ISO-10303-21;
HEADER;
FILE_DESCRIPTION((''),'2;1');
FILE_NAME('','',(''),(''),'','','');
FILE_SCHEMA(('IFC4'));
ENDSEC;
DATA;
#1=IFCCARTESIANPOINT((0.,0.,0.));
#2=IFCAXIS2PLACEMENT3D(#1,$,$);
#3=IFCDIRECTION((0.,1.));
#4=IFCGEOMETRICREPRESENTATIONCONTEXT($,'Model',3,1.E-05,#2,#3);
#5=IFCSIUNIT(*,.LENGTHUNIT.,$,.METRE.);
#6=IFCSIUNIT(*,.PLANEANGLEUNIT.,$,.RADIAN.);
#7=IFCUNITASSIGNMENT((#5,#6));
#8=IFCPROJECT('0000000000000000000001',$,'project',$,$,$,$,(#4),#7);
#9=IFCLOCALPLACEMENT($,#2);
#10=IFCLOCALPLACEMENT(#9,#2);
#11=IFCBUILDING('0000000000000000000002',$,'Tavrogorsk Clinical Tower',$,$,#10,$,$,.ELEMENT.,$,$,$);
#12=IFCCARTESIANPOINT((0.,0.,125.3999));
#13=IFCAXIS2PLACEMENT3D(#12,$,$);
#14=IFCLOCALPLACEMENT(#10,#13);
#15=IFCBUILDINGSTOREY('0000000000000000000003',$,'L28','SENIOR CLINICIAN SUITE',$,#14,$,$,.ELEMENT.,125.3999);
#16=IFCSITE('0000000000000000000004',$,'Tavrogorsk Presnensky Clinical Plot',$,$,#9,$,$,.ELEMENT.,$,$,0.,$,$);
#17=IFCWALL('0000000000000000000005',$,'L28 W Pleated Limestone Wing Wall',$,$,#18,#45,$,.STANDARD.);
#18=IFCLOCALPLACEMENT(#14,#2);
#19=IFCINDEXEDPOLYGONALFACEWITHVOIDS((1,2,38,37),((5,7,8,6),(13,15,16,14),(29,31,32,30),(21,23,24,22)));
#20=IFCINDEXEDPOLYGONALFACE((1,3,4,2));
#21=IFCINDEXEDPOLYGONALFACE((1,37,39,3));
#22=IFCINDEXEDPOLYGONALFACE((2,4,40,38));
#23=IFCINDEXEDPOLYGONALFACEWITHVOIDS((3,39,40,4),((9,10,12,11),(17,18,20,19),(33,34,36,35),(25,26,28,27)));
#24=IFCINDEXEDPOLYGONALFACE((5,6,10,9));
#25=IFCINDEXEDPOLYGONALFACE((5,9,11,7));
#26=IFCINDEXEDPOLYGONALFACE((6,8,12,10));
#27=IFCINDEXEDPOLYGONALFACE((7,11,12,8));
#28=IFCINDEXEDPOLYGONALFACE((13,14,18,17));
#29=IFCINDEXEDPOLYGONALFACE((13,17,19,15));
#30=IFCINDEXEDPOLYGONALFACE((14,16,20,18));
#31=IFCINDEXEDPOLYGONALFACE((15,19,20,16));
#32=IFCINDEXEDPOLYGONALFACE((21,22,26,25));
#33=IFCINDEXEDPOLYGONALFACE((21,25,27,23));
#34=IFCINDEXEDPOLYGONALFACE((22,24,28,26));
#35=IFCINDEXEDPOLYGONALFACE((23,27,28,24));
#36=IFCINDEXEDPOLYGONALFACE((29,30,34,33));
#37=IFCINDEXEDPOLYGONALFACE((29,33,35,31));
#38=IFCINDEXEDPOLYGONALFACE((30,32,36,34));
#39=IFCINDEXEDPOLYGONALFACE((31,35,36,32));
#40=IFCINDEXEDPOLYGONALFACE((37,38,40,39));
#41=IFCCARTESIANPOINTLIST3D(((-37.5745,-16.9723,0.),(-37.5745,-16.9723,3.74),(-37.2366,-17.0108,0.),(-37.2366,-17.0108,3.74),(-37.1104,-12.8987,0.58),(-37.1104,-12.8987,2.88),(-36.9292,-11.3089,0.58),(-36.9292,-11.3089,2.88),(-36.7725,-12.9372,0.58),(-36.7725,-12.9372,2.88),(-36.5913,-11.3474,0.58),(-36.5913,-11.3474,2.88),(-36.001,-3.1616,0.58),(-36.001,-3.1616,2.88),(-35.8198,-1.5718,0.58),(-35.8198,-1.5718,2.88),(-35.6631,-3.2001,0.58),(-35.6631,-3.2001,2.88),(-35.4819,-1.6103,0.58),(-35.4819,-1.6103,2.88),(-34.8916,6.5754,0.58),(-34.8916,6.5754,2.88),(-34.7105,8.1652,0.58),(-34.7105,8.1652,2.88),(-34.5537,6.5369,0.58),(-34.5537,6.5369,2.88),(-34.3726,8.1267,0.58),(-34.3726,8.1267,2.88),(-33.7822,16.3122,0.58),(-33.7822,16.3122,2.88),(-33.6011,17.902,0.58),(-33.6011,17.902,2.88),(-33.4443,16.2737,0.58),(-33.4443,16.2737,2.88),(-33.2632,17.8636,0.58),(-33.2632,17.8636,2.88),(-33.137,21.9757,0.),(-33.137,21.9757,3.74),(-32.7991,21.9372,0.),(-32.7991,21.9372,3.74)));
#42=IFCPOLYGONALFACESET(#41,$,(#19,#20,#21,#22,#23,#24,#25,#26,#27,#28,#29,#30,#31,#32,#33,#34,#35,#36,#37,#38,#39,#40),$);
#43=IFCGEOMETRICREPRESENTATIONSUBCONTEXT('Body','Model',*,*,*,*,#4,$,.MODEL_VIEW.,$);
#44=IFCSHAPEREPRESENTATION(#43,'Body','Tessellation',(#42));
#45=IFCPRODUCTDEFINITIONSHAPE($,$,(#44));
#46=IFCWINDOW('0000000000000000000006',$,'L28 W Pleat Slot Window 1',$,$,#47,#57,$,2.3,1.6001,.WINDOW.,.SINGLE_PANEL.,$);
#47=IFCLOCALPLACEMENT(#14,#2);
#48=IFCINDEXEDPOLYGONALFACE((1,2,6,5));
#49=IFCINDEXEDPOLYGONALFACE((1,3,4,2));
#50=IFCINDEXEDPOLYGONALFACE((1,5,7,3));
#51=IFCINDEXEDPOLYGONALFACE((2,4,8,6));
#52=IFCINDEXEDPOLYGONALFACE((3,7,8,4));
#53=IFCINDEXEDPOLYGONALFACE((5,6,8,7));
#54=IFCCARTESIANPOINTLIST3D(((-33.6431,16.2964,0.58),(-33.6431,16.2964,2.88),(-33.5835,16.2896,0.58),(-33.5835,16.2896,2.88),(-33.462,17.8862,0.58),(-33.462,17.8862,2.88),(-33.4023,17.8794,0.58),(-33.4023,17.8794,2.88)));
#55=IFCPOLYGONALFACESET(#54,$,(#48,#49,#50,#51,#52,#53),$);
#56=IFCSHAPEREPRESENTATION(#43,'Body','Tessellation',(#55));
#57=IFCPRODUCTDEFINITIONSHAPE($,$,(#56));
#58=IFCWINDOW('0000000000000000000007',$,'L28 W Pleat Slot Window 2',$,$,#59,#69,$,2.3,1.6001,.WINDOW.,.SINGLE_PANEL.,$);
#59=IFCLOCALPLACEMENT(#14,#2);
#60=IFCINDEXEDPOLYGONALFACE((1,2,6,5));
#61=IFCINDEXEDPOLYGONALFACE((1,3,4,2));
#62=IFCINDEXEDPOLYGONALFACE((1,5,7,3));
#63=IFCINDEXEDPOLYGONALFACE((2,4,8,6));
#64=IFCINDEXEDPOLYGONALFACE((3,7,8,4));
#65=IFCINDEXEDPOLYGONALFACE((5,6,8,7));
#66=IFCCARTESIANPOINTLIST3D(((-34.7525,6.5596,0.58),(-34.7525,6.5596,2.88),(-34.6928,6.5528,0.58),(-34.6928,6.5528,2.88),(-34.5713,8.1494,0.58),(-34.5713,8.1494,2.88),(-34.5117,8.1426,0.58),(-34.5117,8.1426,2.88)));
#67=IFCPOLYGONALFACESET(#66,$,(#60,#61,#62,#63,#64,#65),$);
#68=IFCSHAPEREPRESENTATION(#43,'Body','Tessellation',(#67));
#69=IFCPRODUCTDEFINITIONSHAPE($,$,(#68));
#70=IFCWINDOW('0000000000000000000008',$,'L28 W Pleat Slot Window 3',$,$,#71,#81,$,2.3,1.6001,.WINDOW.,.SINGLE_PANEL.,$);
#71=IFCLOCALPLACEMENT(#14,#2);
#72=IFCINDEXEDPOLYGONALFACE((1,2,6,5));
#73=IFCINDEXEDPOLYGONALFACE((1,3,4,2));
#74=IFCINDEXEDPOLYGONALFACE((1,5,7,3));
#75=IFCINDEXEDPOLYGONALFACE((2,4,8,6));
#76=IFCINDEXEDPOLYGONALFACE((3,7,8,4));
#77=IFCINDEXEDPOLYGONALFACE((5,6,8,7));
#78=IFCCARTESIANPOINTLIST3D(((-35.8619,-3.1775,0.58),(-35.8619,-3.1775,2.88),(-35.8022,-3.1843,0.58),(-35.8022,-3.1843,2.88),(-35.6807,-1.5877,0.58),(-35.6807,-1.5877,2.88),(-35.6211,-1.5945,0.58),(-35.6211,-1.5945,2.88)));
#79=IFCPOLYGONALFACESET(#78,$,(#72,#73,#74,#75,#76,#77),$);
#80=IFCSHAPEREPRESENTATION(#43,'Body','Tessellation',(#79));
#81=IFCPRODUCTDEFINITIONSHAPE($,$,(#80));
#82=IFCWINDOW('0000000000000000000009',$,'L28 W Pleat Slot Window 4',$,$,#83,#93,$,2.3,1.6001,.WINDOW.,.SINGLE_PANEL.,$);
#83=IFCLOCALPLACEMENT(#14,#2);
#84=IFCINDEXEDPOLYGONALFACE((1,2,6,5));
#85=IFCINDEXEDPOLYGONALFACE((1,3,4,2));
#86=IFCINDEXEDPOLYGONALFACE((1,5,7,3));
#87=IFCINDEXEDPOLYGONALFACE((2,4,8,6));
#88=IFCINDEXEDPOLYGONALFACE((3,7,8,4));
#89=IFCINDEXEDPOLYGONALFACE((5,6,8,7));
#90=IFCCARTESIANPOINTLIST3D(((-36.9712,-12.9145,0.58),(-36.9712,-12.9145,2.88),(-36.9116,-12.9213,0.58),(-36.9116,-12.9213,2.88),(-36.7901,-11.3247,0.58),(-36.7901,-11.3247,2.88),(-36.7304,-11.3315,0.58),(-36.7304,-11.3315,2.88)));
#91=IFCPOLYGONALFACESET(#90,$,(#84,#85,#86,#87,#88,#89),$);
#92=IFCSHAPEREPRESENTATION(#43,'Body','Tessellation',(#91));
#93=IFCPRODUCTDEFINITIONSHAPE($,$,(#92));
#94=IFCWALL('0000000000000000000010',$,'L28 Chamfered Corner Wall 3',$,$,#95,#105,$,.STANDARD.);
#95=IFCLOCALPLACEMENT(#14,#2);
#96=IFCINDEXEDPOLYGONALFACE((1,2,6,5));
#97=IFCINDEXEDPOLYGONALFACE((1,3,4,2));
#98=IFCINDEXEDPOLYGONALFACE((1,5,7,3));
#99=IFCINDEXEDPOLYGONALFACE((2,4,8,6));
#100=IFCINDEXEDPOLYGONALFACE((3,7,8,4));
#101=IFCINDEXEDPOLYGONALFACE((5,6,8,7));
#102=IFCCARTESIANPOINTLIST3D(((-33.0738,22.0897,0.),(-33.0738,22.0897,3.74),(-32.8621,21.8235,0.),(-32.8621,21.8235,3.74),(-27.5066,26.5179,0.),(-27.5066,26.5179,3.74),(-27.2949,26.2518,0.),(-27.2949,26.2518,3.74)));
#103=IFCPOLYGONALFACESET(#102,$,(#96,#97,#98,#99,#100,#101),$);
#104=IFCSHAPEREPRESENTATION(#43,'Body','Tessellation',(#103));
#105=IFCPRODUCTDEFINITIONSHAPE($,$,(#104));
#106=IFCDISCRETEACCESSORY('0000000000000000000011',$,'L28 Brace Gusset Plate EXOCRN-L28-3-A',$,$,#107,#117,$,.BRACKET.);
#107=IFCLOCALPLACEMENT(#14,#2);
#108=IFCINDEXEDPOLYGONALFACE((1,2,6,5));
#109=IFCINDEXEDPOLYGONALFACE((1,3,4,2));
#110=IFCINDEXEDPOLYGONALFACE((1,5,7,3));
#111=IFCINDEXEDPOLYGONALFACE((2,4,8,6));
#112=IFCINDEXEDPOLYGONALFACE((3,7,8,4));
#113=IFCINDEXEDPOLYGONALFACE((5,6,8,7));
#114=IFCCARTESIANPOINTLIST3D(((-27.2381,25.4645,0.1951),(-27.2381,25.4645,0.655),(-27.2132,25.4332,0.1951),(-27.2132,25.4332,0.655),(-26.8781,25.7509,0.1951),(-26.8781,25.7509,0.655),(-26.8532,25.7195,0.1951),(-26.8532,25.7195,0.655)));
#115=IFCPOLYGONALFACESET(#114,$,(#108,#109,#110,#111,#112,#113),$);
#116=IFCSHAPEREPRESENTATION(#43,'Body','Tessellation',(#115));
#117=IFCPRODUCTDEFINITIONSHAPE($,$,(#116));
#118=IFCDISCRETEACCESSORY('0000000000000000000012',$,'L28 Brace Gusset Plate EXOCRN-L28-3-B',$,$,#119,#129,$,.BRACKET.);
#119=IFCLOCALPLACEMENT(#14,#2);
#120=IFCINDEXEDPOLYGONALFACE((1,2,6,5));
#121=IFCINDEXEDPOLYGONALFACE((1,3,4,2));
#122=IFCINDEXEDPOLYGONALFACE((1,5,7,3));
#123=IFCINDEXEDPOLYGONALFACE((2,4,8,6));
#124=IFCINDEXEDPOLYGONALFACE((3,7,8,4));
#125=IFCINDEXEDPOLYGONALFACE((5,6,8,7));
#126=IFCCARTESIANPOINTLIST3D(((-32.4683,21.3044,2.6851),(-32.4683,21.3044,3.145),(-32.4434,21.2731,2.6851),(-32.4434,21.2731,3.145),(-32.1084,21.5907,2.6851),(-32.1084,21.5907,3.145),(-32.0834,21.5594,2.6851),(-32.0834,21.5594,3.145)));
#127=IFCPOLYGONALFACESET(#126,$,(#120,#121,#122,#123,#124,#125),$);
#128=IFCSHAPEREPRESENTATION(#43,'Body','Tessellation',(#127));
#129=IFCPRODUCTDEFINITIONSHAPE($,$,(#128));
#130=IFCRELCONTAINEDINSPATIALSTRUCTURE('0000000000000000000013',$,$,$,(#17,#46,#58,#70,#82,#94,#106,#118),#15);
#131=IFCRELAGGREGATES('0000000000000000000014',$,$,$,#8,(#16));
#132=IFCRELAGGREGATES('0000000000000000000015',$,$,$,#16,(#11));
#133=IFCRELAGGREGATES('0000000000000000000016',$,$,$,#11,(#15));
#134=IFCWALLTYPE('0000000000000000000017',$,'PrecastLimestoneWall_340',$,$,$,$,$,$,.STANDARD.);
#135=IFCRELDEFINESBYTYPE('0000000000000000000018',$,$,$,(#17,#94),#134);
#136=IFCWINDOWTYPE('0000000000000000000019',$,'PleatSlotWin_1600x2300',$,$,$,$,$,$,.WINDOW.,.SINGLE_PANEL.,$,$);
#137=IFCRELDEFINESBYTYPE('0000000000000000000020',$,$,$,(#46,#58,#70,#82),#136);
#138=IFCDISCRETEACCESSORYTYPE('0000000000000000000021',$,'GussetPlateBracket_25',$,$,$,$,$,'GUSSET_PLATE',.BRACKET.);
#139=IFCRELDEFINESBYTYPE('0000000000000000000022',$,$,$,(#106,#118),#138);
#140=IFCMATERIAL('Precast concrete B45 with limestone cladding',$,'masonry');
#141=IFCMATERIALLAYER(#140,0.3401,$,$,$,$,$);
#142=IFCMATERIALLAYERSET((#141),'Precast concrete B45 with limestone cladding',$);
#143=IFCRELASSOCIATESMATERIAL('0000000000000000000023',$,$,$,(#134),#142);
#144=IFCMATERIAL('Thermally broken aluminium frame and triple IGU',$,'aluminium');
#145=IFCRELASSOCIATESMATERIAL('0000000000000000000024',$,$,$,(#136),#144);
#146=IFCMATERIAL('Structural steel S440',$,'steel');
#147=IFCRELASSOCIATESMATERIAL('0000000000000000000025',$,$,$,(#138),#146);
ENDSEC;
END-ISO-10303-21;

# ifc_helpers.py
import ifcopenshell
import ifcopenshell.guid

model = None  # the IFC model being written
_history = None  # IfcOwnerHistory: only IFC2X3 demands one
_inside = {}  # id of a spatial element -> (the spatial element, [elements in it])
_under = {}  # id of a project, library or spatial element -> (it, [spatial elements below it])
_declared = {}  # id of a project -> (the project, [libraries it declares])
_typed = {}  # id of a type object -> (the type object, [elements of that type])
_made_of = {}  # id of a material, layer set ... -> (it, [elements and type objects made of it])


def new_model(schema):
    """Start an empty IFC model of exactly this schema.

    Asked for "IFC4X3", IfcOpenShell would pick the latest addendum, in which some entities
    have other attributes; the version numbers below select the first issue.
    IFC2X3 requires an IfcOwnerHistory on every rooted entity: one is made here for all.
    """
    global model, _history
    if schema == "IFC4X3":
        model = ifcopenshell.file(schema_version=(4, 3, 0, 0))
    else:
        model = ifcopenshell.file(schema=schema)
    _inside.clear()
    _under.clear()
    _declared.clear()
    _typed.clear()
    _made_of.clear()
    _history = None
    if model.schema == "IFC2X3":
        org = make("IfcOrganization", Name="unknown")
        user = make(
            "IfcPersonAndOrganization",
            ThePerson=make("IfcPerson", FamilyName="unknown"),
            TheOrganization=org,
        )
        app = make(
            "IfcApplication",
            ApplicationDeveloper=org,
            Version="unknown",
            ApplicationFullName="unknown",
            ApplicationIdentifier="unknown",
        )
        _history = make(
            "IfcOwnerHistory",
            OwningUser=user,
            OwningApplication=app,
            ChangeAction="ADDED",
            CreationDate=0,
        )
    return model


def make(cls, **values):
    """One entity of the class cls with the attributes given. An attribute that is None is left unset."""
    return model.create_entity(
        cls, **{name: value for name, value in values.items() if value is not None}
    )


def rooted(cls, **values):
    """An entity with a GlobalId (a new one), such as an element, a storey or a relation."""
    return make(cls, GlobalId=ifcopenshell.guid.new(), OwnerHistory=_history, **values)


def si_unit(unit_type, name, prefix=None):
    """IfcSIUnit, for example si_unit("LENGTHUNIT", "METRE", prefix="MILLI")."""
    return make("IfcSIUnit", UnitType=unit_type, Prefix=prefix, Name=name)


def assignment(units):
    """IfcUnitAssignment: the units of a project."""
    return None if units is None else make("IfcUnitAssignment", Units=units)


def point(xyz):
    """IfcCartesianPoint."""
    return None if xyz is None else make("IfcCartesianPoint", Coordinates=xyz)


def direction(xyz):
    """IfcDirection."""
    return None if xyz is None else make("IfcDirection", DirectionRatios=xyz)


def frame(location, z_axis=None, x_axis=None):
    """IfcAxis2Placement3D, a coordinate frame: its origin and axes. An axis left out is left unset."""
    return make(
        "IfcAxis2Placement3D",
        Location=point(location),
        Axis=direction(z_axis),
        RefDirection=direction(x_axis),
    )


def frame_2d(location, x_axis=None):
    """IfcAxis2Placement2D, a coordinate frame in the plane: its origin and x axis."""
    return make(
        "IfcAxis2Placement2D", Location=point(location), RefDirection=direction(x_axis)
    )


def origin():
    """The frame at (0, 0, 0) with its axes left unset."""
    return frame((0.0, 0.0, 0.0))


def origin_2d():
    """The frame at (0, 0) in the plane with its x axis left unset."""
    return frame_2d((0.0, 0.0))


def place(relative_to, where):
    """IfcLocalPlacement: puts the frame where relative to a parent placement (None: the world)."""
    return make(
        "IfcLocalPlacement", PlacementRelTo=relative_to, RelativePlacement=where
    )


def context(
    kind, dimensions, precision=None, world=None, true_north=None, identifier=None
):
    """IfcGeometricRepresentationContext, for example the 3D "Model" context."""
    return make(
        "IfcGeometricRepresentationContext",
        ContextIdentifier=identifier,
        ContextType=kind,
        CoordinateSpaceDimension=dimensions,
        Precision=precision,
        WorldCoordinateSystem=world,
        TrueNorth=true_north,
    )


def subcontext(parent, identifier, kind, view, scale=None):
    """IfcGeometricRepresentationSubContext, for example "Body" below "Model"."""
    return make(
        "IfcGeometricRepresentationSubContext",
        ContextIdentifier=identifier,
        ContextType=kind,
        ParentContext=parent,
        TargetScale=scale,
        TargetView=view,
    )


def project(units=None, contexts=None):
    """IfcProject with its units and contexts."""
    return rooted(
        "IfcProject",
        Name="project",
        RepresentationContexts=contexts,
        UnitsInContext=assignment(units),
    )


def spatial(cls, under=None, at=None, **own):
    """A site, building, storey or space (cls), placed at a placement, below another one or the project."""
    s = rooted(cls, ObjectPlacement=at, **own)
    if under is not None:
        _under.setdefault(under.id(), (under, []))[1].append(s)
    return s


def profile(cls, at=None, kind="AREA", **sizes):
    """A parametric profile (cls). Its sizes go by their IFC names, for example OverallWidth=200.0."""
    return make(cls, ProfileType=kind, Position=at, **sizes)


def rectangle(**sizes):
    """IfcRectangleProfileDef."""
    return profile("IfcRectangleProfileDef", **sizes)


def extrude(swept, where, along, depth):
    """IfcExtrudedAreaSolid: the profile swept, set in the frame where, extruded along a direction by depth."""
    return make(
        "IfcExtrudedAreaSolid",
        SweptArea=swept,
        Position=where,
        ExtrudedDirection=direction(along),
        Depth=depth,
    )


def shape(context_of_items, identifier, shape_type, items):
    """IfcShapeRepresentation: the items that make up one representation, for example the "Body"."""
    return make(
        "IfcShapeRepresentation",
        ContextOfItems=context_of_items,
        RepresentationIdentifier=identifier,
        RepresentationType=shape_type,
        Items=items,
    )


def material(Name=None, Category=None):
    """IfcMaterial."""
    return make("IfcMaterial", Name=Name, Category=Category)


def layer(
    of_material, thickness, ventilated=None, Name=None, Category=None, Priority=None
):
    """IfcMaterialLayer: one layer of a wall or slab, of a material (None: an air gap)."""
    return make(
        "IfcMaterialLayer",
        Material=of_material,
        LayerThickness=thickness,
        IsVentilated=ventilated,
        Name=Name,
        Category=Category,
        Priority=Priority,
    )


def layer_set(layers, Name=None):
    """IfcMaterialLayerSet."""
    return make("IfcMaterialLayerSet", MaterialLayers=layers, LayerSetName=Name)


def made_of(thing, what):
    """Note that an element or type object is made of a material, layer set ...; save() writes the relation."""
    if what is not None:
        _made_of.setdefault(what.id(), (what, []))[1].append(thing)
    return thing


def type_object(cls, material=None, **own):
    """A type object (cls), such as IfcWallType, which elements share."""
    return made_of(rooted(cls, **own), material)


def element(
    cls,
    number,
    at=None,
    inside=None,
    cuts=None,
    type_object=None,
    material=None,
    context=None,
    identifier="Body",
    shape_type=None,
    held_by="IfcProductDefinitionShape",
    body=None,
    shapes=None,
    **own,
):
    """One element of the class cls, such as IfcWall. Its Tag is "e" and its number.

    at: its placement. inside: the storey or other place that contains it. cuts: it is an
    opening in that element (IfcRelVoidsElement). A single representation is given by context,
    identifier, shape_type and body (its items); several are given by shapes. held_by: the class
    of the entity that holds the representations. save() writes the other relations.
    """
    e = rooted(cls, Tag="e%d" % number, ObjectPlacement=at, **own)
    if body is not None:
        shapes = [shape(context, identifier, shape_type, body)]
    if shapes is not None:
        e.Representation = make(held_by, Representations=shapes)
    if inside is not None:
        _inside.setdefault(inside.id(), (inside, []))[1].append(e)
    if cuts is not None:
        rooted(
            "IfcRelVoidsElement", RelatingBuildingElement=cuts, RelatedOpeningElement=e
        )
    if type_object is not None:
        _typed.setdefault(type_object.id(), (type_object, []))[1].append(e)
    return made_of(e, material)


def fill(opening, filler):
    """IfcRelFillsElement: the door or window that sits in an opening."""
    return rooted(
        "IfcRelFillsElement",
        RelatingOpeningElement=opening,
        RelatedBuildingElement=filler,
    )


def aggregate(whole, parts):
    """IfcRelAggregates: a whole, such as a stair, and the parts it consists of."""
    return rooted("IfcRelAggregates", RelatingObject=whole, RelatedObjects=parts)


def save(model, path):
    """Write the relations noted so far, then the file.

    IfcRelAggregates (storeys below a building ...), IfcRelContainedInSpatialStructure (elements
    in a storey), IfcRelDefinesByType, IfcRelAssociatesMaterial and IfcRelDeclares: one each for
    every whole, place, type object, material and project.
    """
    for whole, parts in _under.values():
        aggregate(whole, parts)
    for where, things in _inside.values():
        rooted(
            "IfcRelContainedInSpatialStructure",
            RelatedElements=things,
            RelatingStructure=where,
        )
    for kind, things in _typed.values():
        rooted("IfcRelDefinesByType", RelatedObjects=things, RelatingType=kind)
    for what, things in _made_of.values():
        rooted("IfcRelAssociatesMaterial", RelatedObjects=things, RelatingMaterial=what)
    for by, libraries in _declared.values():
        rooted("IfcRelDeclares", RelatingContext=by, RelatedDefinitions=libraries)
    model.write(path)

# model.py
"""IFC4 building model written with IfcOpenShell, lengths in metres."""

from ifc_helpers import new_model, si_unit, direction, frame, frame_2d, origin, origin_2d, place, context, subcontext, project, spatial, rectangle, extrude, material, layer, layer_set, type_object, element, fill, save


model = new_model("IFC4")

# Units and contexts
model_context = context("Model", 3, precision=1e-05, world=origin(), true_north=direction((0.0, 1.0)))
body_context = subcontext(model_context, "Body", "Model", "MODEL_VIEW")
ifc_project = project(units=[si_unit("LENGTHUNIT", "METRE"), si_unit("PLANEANGLEUNIT", "RADIAN")], contexts=[model_context])

# Site, building, storey
site_placement = place(None, origin())
site = spatial("IfcSite", under=ifc_project, at=site_placement, Name="Tavrogorsk Presnensky Clinical Plot", CompositionType="ELEMENT", RefElevation=0.0)
building_placement = place(site_placement, origin())
building = spatial("IfcBuilding", under=site, at=building_placement, Name="Tavrogorsk Clinical Tower", CompositionType="ELEMENT")
storey_placement = place(building_placement, frame((0.0, 0.0, 125.3999)))
storey = spatial("IfcBuildingStorey", under=building, at=storey_placement, Name="L28", Description="SENIOR CLINICIAN SUITE", CompositionType="ELEMENT", Elevation=125.3999)

# Wall, openings, windows
ifc_material_1 = material(Name="Precast concrete B45 with limestone cladding", Category="masonry")
ifc_layer_1 = layer(ifc_material_1, 0.3401)
ifc_layer_set_1 = layer_set([ifc_layer_1], Name="Precast concrete B45 with limestone cladding")
wall_type_1 = type_object("IfcWallType", Name="PrecastLimestoneWall_340", PredefinedType="STANDARD", material=ifc_layer_set_1)
wall_1_placement = place(storey_placement, frame((-32.968, 21.9565, 0.0), z_axis=(0.0, 0.0, 1.0), x_axis=(-0.113202, -0.993572, 0.0)))
wall_1 = element("IfcWall", 1, at=wall_1_placement, inside=storey, type_object=wall_type_1, Name="L28 W Pleated Limestone Wing Wall", PredefinedType="STANDARD", context=body_context, shape_type="SweptSolid", body=[
    extrude(rectangle(XDim=39.2, YDim=0.3401, at=frame_2d((19.6001, 0.0))), origin(), (0.0, 0.0, 1.0), 3.74),
])
opening_1_placement = place(wall_1_placement, frame((4.1001, 0.0, 0.5801)))
opening_1 = element("IfcOpeningElement", 2, at=opening_1_placement, cuts=wall_1, PredefinedType="OPENING", context=body_context, shape_type="SweptSolid", body=[
    extrude(rectangle(XDim=1.6001, YDim=2.3, at=frame_2d((0.8, 1.1499))), frame((0.0, 0.1799, 0.0), z_axis=(0.0, -1.0, 0.0), x_axis=(1.0, 0.0, 0.0)), (0.0, 0.0, 1.0), 0.3601),
])
opening_2_placement = place(wall_1_placement, frame((13.8999, 0.0, 0.5801)))
opening_2 = element("IfcOpeningElement", 3, at=opening_2_placement, cuts=wall_1, PredefinedType="OPENING", context=body_context, shape_type="SweptSolid", body=[
    extrude(rectangle(XDim=1.6001, YDim=2.3, at=frame_2d((0.8, 1.1499))), frame((0.0, 0.1799, 0.0), z_axis=(0.0, -1.0, 0.0), x_axis=(1.0, 0.0, 0.0)), (0.0, 0.0, 1.0), 0.3601),
])
opening_3_placement = place(wall_1_placement, frame((23.7, 0.0, 0.5801)))
opening_3 = element("IfcOpeningElement", 4, at=opening_3_placement, cuts=wall_1, PredefinedType="OPENING", context=body_context, shape_type="SweptSolid", body=[
    extrude(rectangle(XDim=1.6001, YDim=2.3, at=frame_2d((0.8, 1.1499))), frame((0.0, 0.1799, 0.0), z_axis=(0.0, -1.0, 0.0), x_axis=(1.0, 0.0, 0.0)), (0.0, 0.0, 1.0), 0.3601),
])
opening_4_placement = place(wall_1_placement, frame((33.5, 0.0, 0.5801)))
opening_4 = element("IfcOpeningElement", 5, at=opening_4_placement, cuts=wall_1, PredefinedType="OPENING", context=body_context, shape_type="SweptSolid", body=[
    extrude(rectangle(XDim=1.6001, YDim=2.3, at=frame_2d((0.8, 1.1499))), frame((0.0, 0.1799, 0.0), z_axis=(0.0, -1.0, 0.0), x_axis=(1.0, 0.0, 0.0)), (0.0, 0.0, 1.0), 0.3601),
])
ifc_material_2 = material(Name="Thermally broken aluminium frame and triple IGU", Category="aluminium")
window_type = type_object("IfcWindowType", Name="PleatSlotWin_1600x2300", PartitioningType="SINGLE_PANEL", PredefinedType="WINDOW", material=ifc_material_2)
window_1_placement = place(opening_1_placement, origin())
window_1 = element("IfcWindow", 6, at=window_1_placement, inside=storey, type_object=window_type, Name="L28 W Pleat Slot Window 1", OverallHeight=2.3, OverallWidth=1.6001, PartitioningType="SINGLE_PANEL", PredefinedType="WINDOW", context=body_context, shape_type="SweptSolid", body=[
    extrude(rectangle(XDim=1.6001, YDim=2.3, at=frame_2d((0.8, 1.1499))), frame((0.0, 0.03, 0.0), z_axis=(0.0, -1.0, 0.0), x_axis=(1.0, 0.0, 0.0)), (0.0, 0.0, 1.0), 0.0601),
])
fill(opening_1, window_1)
window_2_placement = place(opening_2_placement, origin())
window_2 = element("IfcWindow", 7, at=window_2_placement, inside=storey, type_object=window_type, Name="L28 W Pleat Slot Window 2", OverallHeight=2.3, OverallWidth=1.6001, PartitioningType="SINGLE_PANEL", PredefinedType="WINDOW", context=body_context, shape_type="SweptSolid", body=[
    extrude(rectangle(XDim=1.6001, YDim=2.3, at=frame_2d((0.8, 1.1499))), frame((0.0, 0.03, 0.0), z_axis=(0.0, -1.0, 0.0), x_axis=(1.0, 0.0, 0.0)), (0.0, 0.0, 1.0), 0.0601),
])
fill(opening_2, window_2)
window_3_placement = place(opening_3_placement, origin())
window_3 = element("IfcWindow", 8, at=window_3_placement, inside=storey, type_object=window_type, Name="L28 W Pleat Slot Window 3", OverallHeight=2.3, OverallWidth=1.6001, PartitioningType="SINGLE_PANEL", PredefinedType="WINDOW", context=body_context, shape_type="SweptSolid", body=[
    extrude(rectangle(XDim=1.6001, YDim=2.3, at=frame_2d((0.8, 1.1499))), frame((0.0, 0.03, 0.0), z_axis=(0.0, -1.0, 0.0), x_axis=(1.0, 0.0, 0.0)), (0.0, 0.0, 1.0), 0.0601),
])
fill(opening_3, window_3)
window_4_placement = place(opening_4_placement, origin())
window_4 = element("IfcWindow", 9, at=window_4_placement, inside=storey, type_object=window_type, Name="L28 W Pleat Slot Window 4", OverallHeight=2.3, OverallWidth=1.6001, PartitioningType="SINGLE_PANEL", PredefinedType="WINDOW", context=body_context, shape_type="SweptSolid", body=[
    extrude(rectangle(XDim=1.6001, YDim=2.3, at=frame_2d((0.8, 1.1499))), frame((0.0, 0.03, 0.0), z_axis=(0.0, -1.0, 0.0), x_axis=(1.0, 0.0, 0.0)), (0.0, 0.0, 1.0), 0.0601),
])
fill(opening_4, window_4)

# Wall
wall_2_placement = place(storey_placement, frame((-27.4009, 26.3848, 0.0), z_axis=(0.0, 0.0, 1.0), x_axis=(-0.782614, -0.622508, 0.0)))
element("IfcWall", 10, at=wall_2_placement, inside=storey, type_object=wall_type_1, Name="L28 Chamfered Corner Wall 3", PredefinedType="STANDARD", context=body_context, shape_type="SweptSolid", body=[
    extrude(rectangle(XDim=7.1135, YDim=0.3401, at=frame_2d((3.5566, 0.0))), origin(), (0.0, 0.0, 1.0), 3.74),
])

# Discrete accessories
ifc_material_3 = material(Name="Structural steel S440", Category="steel")
discrete_accessory_type = type_object("IfcDiscreteAccessoryType", Name="GussetPlateBracket_25", ElementType="GUSSET_PLATE", PredefinedType="BRACKET", material=ifc_material_3)
for number, where, z_axis, x_axis, name in (
    (11, (-27.0457, 25.592, 0.1951), (0.0, 0.0, 1.0), (-0.782608, -0.622515, 0.0), "L28 Brace Gusset Plate EXOCRN-L28-3-A"),
    (12, (-32.2759, 21.4319, 2.6851), (0.0, 0.0, 1.0), (-0.782608, -0.622515, 0.0), "L28 Brace Gusset Plate EXOCRN-L28-3-B"),
):
    element("IfcDiscreteAccessory", number, at=place(storey_placement, frame(where, z_axis=z_axis, x_axis=x_axis)), inside=storey, type_object=discrete_accessory_type, Name=name, PredefinedType="BRACKET", context=body_context, shape_type="SweptSolid", body=[
        extrude(rectangle(XDim=0.46, YDim=0.04, at=origin_2d()), origin(), (0.0, 0.0, 1.0), 0.46),
    ])

save(model, "model.ifc")
